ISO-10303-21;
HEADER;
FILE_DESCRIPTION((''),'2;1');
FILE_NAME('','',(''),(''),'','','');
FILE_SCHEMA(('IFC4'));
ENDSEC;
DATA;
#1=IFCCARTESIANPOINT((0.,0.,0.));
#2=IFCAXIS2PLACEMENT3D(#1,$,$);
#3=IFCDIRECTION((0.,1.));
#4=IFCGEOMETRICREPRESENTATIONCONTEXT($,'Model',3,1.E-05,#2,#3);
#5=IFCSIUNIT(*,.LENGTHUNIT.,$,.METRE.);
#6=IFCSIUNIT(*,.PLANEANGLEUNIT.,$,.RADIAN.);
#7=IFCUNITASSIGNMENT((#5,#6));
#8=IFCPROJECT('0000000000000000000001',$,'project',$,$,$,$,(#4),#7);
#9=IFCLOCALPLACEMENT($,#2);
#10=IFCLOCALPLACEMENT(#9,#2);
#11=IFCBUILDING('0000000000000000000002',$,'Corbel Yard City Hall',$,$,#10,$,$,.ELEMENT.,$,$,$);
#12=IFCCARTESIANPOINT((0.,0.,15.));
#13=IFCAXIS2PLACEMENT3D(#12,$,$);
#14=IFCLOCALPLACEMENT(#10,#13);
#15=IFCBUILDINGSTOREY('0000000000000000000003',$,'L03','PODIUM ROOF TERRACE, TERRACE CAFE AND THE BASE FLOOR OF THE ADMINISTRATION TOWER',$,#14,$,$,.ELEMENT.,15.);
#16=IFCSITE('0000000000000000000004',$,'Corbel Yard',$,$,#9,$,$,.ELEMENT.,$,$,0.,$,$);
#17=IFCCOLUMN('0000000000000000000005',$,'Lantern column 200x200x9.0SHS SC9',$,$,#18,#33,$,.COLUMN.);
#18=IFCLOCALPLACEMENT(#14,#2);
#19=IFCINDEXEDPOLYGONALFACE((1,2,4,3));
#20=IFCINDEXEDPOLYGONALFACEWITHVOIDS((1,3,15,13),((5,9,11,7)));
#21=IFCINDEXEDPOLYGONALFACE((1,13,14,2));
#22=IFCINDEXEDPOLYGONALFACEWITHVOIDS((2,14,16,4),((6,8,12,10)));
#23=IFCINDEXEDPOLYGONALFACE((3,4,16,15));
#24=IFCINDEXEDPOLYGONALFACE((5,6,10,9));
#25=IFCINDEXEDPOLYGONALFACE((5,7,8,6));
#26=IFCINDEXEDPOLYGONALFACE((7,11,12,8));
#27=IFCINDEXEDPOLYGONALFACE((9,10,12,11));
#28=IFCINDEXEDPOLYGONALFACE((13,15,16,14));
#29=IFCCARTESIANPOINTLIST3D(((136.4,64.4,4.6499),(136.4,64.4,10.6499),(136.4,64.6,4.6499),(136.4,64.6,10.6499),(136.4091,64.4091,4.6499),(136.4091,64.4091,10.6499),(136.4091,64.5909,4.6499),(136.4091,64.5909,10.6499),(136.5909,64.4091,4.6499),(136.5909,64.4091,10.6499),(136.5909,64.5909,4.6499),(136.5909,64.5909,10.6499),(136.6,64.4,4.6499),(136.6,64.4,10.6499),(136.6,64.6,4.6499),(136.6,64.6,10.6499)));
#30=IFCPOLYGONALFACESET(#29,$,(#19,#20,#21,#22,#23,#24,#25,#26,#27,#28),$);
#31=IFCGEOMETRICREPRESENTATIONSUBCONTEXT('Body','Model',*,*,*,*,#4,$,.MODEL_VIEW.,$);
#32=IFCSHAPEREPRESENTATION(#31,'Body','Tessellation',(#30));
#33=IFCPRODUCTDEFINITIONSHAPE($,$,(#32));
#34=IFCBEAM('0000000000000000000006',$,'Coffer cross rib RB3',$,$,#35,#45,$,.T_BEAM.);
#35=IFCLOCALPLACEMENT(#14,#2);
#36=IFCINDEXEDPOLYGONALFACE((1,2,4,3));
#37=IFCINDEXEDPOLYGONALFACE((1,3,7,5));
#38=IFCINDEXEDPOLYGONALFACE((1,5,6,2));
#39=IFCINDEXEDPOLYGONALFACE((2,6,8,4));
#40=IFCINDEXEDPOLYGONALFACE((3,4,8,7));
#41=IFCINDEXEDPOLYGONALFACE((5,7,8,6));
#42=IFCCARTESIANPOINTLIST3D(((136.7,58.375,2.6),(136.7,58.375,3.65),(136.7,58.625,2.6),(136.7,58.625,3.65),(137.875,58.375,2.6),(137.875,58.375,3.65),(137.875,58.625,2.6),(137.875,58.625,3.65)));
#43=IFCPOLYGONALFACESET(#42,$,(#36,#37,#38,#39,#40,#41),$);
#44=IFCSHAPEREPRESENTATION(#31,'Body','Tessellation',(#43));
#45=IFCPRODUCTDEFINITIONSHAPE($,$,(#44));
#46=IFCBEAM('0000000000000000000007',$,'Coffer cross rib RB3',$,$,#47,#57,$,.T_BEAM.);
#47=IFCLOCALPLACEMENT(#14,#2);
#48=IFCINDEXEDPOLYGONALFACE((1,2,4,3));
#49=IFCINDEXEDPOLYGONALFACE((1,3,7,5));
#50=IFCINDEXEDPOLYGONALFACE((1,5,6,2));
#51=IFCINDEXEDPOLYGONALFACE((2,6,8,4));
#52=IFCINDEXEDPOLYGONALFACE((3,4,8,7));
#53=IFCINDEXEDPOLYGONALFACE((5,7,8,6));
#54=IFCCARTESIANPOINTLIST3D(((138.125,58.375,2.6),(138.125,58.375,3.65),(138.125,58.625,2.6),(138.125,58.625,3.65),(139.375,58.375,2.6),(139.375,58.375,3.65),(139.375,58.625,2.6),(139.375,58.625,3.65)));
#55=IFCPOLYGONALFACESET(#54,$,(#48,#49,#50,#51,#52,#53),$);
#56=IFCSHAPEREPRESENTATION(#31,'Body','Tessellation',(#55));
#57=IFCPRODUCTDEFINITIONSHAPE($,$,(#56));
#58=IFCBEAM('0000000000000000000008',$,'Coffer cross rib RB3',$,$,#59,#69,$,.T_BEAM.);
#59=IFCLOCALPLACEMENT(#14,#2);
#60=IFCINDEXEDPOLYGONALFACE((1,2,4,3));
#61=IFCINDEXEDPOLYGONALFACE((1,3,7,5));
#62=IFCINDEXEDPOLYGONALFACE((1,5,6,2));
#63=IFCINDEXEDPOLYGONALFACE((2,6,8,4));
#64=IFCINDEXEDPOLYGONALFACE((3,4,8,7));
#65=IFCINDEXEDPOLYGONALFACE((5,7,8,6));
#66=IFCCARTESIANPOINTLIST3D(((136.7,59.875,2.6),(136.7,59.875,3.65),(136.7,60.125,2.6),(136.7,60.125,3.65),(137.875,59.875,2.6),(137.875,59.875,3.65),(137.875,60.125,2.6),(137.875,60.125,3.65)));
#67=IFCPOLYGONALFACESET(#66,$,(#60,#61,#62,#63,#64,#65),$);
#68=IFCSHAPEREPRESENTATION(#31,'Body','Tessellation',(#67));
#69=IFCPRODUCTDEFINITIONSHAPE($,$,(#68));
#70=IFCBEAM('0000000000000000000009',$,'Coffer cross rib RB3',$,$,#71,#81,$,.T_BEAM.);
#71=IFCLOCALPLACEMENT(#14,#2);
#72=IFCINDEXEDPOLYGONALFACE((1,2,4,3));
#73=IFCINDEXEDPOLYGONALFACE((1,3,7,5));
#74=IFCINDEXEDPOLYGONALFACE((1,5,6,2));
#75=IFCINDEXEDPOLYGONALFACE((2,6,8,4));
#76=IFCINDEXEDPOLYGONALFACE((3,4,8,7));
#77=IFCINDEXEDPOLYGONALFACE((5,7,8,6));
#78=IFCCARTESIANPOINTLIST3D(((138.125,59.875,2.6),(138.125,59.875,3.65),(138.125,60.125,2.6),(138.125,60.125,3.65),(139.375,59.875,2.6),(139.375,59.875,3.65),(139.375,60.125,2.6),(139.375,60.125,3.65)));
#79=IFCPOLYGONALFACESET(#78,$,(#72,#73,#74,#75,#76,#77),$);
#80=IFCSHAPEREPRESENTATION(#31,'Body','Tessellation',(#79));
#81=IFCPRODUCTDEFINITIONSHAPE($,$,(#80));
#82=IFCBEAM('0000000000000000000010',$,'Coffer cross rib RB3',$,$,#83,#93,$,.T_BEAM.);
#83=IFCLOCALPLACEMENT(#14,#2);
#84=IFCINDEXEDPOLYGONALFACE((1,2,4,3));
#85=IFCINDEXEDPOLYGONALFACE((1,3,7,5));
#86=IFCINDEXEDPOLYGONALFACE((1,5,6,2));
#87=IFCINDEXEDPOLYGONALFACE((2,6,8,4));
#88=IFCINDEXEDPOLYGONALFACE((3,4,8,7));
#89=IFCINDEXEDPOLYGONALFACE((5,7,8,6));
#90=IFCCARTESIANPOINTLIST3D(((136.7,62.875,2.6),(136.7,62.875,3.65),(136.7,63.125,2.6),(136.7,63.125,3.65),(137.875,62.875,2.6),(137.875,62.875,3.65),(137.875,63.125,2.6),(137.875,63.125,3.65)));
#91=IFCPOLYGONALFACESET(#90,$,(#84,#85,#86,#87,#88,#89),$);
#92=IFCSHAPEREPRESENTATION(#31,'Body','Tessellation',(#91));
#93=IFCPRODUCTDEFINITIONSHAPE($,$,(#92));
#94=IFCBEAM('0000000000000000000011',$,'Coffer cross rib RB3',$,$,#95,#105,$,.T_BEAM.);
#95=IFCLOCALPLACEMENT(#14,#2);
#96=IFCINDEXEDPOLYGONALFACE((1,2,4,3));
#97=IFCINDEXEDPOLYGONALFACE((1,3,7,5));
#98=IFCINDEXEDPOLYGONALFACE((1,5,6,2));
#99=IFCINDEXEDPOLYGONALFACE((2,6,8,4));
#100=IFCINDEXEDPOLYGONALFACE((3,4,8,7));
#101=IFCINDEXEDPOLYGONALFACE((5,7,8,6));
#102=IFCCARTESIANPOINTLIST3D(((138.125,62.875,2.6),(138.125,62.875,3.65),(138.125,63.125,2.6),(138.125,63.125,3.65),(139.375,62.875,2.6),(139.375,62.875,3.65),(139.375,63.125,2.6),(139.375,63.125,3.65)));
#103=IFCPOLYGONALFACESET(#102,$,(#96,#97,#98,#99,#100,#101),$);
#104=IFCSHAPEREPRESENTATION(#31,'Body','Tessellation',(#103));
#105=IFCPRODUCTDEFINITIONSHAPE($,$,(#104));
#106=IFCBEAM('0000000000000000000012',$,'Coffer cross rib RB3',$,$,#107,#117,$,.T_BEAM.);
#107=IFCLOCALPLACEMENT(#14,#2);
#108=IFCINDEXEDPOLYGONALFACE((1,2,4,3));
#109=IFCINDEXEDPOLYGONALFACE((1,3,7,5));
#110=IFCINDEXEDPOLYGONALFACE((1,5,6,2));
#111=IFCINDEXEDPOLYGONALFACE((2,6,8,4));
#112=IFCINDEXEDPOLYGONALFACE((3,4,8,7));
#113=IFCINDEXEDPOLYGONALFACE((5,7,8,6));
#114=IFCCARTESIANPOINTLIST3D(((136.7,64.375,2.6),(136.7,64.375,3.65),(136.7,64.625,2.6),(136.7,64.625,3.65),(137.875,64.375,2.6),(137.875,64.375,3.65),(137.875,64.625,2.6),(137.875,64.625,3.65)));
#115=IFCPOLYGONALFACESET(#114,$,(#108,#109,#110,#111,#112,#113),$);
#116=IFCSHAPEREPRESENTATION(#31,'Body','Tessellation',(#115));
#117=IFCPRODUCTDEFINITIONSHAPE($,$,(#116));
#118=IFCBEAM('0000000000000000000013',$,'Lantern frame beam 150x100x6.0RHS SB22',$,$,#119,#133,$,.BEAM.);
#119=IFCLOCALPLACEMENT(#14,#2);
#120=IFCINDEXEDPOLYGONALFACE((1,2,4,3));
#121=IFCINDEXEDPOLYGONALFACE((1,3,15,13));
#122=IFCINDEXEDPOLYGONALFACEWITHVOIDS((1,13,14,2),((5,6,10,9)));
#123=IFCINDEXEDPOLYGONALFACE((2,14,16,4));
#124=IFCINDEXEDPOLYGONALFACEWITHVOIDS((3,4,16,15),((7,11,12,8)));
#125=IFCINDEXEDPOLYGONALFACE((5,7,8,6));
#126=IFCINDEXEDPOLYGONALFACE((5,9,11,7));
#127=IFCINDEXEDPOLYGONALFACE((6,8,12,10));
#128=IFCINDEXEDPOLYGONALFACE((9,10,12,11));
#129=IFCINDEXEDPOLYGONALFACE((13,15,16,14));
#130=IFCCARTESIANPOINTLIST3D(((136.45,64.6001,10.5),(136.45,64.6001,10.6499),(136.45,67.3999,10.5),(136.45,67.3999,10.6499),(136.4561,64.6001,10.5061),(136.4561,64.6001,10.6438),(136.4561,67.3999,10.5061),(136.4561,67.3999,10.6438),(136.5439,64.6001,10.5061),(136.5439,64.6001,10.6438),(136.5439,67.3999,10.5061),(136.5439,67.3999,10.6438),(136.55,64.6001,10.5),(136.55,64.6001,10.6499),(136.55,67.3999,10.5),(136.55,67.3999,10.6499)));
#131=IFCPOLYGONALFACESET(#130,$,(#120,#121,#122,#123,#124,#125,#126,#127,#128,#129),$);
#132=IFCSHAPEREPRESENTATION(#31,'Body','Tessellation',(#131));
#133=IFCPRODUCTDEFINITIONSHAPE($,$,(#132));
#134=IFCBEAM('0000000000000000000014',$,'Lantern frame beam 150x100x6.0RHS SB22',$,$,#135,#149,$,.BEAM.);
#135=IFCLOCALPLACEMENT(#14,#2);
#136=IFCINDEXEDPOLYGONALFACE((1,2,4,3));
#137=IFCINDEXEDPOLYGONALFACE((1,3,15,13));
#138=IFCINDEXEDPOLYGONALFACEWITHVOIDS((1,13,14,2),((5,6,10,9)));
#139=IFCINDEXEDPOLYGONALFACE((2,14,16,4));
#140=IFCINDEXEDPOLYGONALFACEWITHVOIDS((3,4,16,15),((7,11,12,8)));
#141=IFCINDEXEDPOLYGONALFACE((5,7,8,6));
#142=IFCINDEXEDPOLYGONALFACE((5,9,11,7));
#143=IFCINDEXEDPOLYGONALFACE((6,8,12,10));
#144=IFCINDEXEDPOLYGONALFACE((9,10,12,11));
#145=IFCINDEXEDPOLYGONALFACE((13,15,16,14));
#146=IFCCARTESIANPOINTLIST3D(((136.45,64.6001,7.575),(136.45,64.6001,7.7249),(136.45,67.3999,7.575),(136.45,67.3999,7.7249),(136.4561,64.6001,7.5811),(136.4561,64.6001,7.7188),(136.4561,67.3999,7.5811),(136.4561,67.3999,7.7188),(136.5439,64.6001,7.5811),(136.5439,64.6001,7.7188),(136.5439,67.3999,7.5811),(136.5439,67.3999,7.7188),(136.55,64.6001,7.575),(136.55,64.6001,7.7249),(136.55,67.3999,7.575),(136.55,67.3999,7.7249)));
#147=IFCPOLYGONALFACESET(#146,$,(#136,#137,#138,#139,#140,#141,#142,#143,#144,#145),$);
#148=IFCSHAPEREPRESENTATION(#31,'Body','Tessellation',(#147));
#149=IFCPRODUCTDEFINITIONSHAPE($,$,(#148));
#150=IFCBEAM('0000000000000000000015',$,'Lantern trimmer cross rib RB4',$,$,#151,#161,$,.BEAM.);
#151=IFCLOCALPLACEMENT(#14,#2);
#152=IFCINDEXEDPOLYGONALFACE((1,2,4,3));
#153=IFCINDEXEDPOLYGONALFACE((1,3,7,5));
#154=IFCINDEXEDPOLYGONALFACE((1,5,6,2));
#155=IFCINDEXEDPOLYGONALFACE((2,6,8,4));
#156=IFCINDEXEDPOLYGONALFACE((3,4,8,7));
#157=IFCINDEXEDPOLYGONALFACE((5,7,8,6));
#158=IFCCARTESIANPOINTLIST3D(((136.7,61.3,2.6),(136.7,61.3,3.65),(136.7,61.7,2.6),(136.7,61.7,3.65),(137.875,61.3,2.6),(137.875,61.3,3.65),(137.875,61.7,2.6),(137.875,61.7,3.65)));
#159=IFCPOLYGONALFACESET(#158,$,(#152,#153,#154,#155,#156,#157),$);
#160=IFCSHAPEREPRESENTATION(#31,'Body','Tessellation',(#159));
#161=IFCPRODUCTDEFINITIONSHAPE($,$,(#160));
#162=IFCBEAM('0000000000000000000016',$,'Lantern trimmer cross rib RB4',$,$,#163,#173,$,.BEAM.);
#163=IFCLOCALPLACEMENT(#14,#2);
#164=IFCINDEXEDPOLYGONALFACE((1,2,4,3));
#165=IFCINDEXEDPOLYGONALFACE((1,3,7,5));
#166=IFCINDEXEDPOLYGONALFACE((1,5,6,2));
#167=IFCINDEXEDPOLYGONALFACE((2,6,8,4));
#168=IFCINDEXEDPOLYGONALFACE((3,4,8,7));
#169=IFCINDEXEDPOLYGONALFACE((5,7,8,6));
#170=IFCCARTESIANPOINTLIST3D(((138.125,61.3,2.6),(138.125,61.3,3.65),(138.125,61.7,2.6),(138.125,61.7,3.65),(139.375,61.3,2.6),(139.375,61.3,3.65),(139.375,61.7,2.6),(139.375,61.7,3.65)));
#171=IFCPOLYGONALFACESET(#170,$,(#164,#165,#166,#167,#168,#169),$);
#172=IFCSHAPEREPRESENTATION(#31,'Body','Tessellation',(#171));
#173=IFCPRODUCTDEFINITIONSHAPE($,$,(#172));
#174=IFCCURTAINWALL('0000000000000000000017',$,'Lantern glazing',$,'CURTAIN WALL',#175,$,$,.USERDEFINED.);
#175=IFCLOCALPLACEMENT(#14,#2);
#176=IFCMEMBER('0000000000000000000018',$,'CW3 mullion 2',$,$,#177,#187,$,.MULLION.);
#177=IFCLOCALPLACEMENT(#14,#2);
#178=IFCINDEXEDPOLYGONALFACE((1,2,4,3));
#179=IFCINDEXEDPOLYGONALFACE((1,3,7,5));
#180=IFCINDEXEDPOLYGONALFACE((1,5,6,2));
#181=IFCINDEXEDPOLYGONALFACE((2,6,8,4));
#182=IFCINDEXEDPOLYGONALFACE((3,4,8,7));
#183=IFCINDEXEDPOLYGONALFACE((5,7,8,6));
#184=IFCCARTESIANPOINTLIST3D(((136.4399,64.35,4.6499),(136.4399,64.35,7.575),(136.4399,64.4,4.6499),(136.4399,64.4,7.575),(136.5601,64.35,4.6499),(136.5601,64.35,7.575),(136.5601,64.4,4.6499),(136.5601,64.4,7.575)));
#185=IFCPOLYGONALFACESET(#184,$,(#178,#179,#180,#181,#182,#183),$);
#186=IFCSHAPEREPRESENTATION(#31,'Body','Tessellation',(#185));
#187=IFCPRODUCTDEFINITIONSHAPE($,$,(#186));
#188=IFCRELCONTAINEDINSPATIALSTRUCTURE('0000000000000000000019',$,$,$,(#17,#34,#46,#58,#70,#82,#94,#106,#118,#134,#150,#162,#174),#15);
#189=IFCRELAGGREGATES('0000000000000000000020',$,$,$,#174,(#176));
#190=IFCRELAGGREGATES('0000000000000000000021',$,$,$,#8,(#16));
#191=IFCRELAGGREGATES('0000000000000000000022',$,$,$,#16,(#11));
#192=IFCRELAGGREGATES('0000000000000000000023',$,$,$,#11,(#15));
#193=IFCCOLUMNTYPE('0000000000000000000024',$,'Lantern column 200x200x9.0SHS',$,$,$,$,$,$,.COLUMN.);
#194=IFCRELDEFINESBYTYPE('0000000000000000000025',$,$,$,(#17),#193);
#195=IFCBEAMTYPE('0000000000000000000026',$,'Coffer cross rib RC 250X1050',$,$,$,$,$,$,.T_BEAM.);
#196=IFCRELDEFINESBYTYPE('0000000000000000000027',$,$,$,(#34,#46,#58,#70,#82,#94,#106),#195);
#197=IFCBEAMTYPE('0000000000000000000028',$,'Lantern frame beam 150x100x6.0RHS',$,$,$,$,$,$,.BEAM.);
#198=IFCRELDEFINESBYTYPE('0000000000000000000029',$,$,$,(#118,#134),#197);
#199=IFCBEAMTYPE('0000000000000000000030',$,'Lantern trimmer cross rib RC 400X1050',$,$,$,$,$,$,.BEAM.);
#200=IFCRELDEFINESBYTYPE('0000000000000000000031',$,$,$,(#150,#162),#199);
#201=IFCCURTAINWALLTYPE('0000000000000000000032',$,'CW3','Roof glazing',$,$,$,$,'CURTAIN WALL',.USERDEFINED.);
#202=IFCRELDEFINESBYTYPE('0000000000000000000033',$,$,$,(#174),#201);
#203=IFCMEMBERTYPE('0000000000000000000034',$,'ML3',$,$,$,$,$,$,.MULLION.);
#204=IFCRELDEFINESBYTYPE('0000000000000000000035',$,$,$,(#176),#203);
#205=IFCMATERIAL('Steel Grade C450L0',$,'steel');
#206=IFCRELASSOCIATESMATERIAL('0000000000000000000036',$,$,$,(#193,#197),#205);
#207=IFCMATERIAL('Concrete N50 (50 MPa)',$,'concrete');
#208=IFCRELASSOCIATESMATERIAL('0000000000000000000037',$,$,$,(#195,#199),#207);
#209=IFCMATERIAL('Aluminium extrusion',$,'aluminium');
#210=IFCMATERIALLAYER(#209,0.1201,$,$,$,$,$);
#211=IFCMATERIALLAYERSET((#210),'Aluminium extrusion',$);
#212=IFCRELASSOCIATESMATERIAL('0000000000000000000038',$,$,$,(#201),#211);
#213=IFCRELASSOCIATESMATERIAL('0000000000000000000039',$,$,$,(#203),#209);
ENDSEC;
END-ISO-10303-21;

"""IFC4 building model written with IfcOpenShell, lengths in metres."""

from ifc_helpers import new_model, si_unit, direction, frame, origin, origin_2d, place, context, subcontext, project, spatial, rectangle, hollow_rectangle, extrude, material, layer, layer_set, material_profile, profile_set, type_object, element, aggregate, save


model = new_model("IFC4")

# Units and contexts
model_context = context("Model", 3, precision=1e-05, world=origin(), true_north=direction((0.0, 1.0)))
body_context = subcontext(model_context, "Body", "Model", "MODEL_VIEW")
ifc_project = project(units=[si_unit("LENGTHUNIT", "METRE"), si_unit("PLANEANGLEUNIT", "RADIAN")], contexts=[model_context])

# Site, building, storey
site_placement = place(None, origin())
site = spatial("IfcSite", under=ifc_project, at=site_placement, Name="Corbel Yard", CompositionType="ELEMENT", RefElevation=0.0)
building_placement = place(site_placement, origin())
building = spatial("IfcBuilding", under=site, at=building_placement, Name="Corbel Yard City Hall", CompositionType="ELEMENT")
storey_placement = place(building_placement, frame((0.0, 0.0, 15.0)))
storey = spatial("IfcBuildingStorey", under=building, at=storey_placement, Name="L03", Description="PODIUM ROOF TERRACE, TERRACE CAFE AND THE BASE FLOOR OF THE ADMINISTRATION TOWER", CompositionType="ELEMENT", Elevation=15.0)

# Column
ifc_material_1 = material(Name="Steel Grade C450L0", Category="steel")
ifc_material_profile_1 = material_profile(ifc_material_1, hollow_rectangle(XDim=0.2, YDim=0.2, WallThickness=0.009, at=origin_2d()), Name="200x200x9.0SHS")
ifc_profile_set_1 = profile_set([ifc_material_profile_1], Name="Steel Grade C450L0")
column_type = type_object("IfcColumnType", Name="Lantern column 200x200x9.0SHS", PredefinedType="COLUMN", material=ifc_profile_set_1)
column_placement = place(storey_placement, frame((136.5, 64.5, 4.6499), z_axis=(0.0, 0.0, 1.0), x_axis=(1.0, 0.0, 0.0)))
element("IfcColumn", 1, at=column_placement, inside=storey, type_object=column_type, Name="Lantern column 200x200x9.0SHS SC9", PredefinedType="COLUMN", context=body_context, shape_type="SweptSolid", body=[
    extrude(hollow_rectangle(XDim=0.2, YDim=0.2, WallThickness=0.009, at=origin_2d()), origin(), (0.0, 0.0, 1.0), 6.0),
])

# Beams
ifc_material_2 = material(Name="Concrete N50 (50 MPa)", Category="concrete")
ifc_material_profile_2 = material_profile(ifc_material_2, rectangle(XDim=0.25, YDim=1.05, at=origin_2d()), Name="250x1050")
ifc_profile_set_2 = profile_set([ifc_material_profile_2], Name="Concrete N50 (50 MPa)")
beam_type_1 = type_object("IfcBeamType", Name="Coffer cross rib RC 250X1050", PredefinedType="T_BEAM", material=ifc_profile_set_2)
beam_1_placement = place(storey_placement, frame((136.7, 58.5, 3.125), z_axis=(1.0, 0.0, 0.0), x_axis=(0.0, 1.0, 0.0)))
element("IfcBeam", 2, at=beam_1_placement, inside=storey, type_object=beam_type_1, Name="Coffer cross rib RB3", PredefinedType="T_BEAM", context=body_context, shape_type="SweptSolid", body=[
    extrude(rectangle(XDim=0.25, YDim=1.05, at=origin_2d()), origin(), (0.0, 0.0, 1.0), 1.175),
])
beam_2_placement = place(storey_placement, frame((138.125, 58.5, 3.125), z_axis=(1.0, 0.0, 0.0), x_axis=(0.0, 1.0, 0.0)))
element("IfcBeam", 3, at=beam_2_placement, inside=storey, type_object=beam_type_1, Name="Coffer cross rib RB3", PredefinedType="T_BEAM", context=body_context, shape_type="SweptSolid", body=[
    extrude(rectangle(XDim=0.25, YDim=1.05, at=origin_2d()), origin(), (0.0, 0.0, 1.0), 1.25),
])
beam_3_placement = place(storey_placement, frame((136.7, 60.0, 3.125), z_axis=(1.0, 0.0, 0.0), x_axis=(0.0, 1.0, 0.0)))
element("IfcBeam", 4, at=beam_3_placement, inside=storey, type_object=beam_type_1, Name="Coffer cross rib RB3", PredefinedType="T_BEAM", context=body_context, shape_type="SweptSolid", body=[
    extrude(rectangle(XDim=0.25, YDim=1.05, at=origin_2d()), origin(), (0.0, 0.0, 1.0), 1.175),
])
beam_4_placement = place(storey_placement, frame((138.125, 60.0, 3.125), z_axis=(1.0, 0.0, 0.0), x_axis=(0.0, 1.0, 0.0)))
element("IfcBeam", 5, at=beam_4_placement, inside=storey, type_object=beam_type_1, Name="Coffer cross rib RB3", PredefinedType="T_BEAM", context=body_context, shape_type="SweptSolid", body=[
    extrude(rectangle(XDim=0.25, YDim=1.05, at=origin_2d()), origin(), (0.0, 0.0, 1.0), 1.25),
])
beam_5_placement = place(storey_placement, frame((136.7, 63.0, 3.125), z_axis=(1.0, 0.0, 0.0), x_axis=(0.0, 1.0, 0.0)))
element("IfcBeam", 6, at=beam_5_placement, inside=storey, type_object=beam_type_1, Name="Coffer cross rib RB3", PredefinedType="T_BEAM", context=body_context, shape_type="SweptSolid", body=[
    extrude(rectangle(XDim=0.25, YDim=1.05, at=origin_2d()), origin(), (0.0, 0.0, 1.0), 1.175),
])
beam_6_placement = place(storey_placement, frame((138.125, 63.0, 3.125), z_axis=(1.0, 0.0, 0.0), x_axis=(0.0, 1.0, 0.0)))
element("IfcBeam", 7, at=beam_6_placement, inside=storey, type_object=beam_type_1, Name="Coffer cross rib RB3", PredefinedType="T_BEAM", context=body_context, shape_type="SweptSolid", body=[
    extrude(rectangle(XDim=0.25, YDim=1.05, at=origin_2d()), origin(), (0.0, 0.0, 1.0), 1.25),
])
beam_7_placement = place(storey_placement, frame((136.7, 64.5, 3.125), z_axis=(1.0, 0.0, 0.0), x_axis=(0.0, 1.0, 0.0)))
element("IfcBeam", 8, at=beam_7_placement, inside=storey, type_object=beam_type_1, Name="Coffer cross rib RB3", PredefinedType="T_BEAM", context=body_context, shape_type="SweptSolid", body=[
    extrude(rectangle(XDim=0.25, YDim=1.05, at=origin_2d()), origin(), (0.0, 0.0, 1.0), 1.175),
])
ifc_material_profile_3 = material_profile(ifc_material_1, hollow_rectangle(XDim=0.1001, YDim=0.1499, WallThickness=0.0061, at=origin_2d()), Name="150x100x6.0RHS")
ifc_profile_set_3 = profile_set([ifc_material_profile_3], Name="Steel Grade C450L0")
beam_type_2 = type_object("IfcBeamType", Name="Lantern frame beam 150x100x6.0RHS", PredefinedType="BEAM", material=ifc_profile_set_3)
for number, where, z_axis, x_axis, name in (
    (9, (136.5, 64.6001, 10.575), (0.0, 1.0, 0.0), (-1.0, 0.0, 0.0), "Lantern frame beam 150x100x6.0RHS SB22"),
    (10, (136.5, 64.6001, 7.6499), (0.0, 1.0, 0.0), (-1.0, 0.0, 0.0), "Lantern frame beam 150x100x6.0RHS SB22"),
):
    element("IfcBeam", number, at=place(storey_placement, frame(where, z_axis=z_axis, x_axis=x_axis)), inside=storey, type_object=beam_type_2, Name=name, PredefinedType="BEAM", context=body_context, shape_type="SweptSolid", body=[
        extrude(hollow_rectangle(XDim=0.1001, YDim=0.1499, WallThickness=0.0061, at=origin_2d()), origin(), (0.0, 0.0, 1.0), 2.7998),
    ])
ifc_material_profile_4 = material_profile(ifc_material_2, rectangle(XDim=0.3999, YDim=1.05, at=origin_2d()), Name="400x1050")
ifc_profile_set_4 = profile_set([ifc_material_profile_4], Name="Concrete N50 (50 MPa)")
beam_type_3 = type_object("IfcBeamType", Name="Lantern trimmer cross rib RC 400X1050", PredefinedType="BEAM", material=ifc_profile_set_4)
beam_8_placement = place(storey_placement, frame((136.7, 61.5, 3.125), z_axis=(1.0, 0.0, 0.0), x_axis=(0.0, 1.0, 0.0)))
element("IfcBeam", 11, at=beam_8_placement, inside=storey, type_object=beam_type_3, Name="Lantern trimmer cross rib RB4", PredefinedType="BEAM", context=body_context, shape_type="SweptSolid", body=[
    extrude(rectangle(XDim=0.3999, YDim=1.05, at=origin_2d()), origin(), (0.0, 0.0, 1.0), 1.175),
])
beam_9_placement = place(storey_placement, frame((138.125, 61.5, 3.125), z_axis=(1.0, 0.0, 0.0), x_axis=(0.0, 1.0, 0.0)))
element("IfcBeam", 12, at=beam_9_placement, inside=storey, type_object=beam_type_3, Name="Lantern trimmer cross rib RB4", PredefinedType="BEAM", context=body_context, shape_type="SweptSolid", body=[
    extrude(rectangle(XDim=0.3999, YDim=1.05, at=origin_2d()), origin(), (0.0, 0.0, 1.0), 1.25),
])

# Curtain wall, member
ifc_material_3 = material(Name="Aluminium extrusion", Category="aluminium")
ifc_layer_1 = layer(ifc_material_3, 0.1201)
ifc_layer_set_1 = layer_set([ifc_layer_1], Name="Aluminium extrusion")
curtain_wall_type = type_object("IfcCurtainWallType", Name="CW3", Description="Roof glazing", ElementType="CURTAIN WALL", PredefinedType="USERDEFINED", material=ifc_layer_set_1)
curtain_wall_1_placement = place(storey_placement, origin())
curtain_wall_1 = element("IfcCurtainWall", 13, at=curtain_wall_1_placement, inside=storey, type_object=curtain_wall_type, Name="Lantern glazing", ObjectType="CURTAIN WALL", PredefinedType="USERDEFINED")
ifc_material_profile_5 = material_profile(ifc_material_3, rectangle(XDim=0.1201, YDim=0.05, at=origin_2d()), Name="120x50")
ifc_profile_set_5 = profile_set([ifc_material_profile_5], Name="Aluminium extrusion")
member_type_1 = type_object("IfcMemberType", Name="ML3", PredefinedType="MULLION", material=ifc_profile_set_5)
member_1_placement = place(storey_placement, frame((136.5, 64.375, 4.6499), z_axis=(0.0, 0.0, 1.0), x_axis=(-1.0, 0.0, 0.0)))
member_1 = element("IfcMember", 14, at=member_1_placement, type_object=member_type_1, Name="CW3 mullion 2", PredefinedType="MULLION", context=body_context, shape_type="SweptSolid", body=[
    extrude(rectangle(XDim=0.1201, YDim=0.05, at=origin_2d()), origin(), (0.0, 0.0, 1.0), 2.925),
])

aggregate(curtain_wall_1, [member_1])

save(model, "model.ifc")
